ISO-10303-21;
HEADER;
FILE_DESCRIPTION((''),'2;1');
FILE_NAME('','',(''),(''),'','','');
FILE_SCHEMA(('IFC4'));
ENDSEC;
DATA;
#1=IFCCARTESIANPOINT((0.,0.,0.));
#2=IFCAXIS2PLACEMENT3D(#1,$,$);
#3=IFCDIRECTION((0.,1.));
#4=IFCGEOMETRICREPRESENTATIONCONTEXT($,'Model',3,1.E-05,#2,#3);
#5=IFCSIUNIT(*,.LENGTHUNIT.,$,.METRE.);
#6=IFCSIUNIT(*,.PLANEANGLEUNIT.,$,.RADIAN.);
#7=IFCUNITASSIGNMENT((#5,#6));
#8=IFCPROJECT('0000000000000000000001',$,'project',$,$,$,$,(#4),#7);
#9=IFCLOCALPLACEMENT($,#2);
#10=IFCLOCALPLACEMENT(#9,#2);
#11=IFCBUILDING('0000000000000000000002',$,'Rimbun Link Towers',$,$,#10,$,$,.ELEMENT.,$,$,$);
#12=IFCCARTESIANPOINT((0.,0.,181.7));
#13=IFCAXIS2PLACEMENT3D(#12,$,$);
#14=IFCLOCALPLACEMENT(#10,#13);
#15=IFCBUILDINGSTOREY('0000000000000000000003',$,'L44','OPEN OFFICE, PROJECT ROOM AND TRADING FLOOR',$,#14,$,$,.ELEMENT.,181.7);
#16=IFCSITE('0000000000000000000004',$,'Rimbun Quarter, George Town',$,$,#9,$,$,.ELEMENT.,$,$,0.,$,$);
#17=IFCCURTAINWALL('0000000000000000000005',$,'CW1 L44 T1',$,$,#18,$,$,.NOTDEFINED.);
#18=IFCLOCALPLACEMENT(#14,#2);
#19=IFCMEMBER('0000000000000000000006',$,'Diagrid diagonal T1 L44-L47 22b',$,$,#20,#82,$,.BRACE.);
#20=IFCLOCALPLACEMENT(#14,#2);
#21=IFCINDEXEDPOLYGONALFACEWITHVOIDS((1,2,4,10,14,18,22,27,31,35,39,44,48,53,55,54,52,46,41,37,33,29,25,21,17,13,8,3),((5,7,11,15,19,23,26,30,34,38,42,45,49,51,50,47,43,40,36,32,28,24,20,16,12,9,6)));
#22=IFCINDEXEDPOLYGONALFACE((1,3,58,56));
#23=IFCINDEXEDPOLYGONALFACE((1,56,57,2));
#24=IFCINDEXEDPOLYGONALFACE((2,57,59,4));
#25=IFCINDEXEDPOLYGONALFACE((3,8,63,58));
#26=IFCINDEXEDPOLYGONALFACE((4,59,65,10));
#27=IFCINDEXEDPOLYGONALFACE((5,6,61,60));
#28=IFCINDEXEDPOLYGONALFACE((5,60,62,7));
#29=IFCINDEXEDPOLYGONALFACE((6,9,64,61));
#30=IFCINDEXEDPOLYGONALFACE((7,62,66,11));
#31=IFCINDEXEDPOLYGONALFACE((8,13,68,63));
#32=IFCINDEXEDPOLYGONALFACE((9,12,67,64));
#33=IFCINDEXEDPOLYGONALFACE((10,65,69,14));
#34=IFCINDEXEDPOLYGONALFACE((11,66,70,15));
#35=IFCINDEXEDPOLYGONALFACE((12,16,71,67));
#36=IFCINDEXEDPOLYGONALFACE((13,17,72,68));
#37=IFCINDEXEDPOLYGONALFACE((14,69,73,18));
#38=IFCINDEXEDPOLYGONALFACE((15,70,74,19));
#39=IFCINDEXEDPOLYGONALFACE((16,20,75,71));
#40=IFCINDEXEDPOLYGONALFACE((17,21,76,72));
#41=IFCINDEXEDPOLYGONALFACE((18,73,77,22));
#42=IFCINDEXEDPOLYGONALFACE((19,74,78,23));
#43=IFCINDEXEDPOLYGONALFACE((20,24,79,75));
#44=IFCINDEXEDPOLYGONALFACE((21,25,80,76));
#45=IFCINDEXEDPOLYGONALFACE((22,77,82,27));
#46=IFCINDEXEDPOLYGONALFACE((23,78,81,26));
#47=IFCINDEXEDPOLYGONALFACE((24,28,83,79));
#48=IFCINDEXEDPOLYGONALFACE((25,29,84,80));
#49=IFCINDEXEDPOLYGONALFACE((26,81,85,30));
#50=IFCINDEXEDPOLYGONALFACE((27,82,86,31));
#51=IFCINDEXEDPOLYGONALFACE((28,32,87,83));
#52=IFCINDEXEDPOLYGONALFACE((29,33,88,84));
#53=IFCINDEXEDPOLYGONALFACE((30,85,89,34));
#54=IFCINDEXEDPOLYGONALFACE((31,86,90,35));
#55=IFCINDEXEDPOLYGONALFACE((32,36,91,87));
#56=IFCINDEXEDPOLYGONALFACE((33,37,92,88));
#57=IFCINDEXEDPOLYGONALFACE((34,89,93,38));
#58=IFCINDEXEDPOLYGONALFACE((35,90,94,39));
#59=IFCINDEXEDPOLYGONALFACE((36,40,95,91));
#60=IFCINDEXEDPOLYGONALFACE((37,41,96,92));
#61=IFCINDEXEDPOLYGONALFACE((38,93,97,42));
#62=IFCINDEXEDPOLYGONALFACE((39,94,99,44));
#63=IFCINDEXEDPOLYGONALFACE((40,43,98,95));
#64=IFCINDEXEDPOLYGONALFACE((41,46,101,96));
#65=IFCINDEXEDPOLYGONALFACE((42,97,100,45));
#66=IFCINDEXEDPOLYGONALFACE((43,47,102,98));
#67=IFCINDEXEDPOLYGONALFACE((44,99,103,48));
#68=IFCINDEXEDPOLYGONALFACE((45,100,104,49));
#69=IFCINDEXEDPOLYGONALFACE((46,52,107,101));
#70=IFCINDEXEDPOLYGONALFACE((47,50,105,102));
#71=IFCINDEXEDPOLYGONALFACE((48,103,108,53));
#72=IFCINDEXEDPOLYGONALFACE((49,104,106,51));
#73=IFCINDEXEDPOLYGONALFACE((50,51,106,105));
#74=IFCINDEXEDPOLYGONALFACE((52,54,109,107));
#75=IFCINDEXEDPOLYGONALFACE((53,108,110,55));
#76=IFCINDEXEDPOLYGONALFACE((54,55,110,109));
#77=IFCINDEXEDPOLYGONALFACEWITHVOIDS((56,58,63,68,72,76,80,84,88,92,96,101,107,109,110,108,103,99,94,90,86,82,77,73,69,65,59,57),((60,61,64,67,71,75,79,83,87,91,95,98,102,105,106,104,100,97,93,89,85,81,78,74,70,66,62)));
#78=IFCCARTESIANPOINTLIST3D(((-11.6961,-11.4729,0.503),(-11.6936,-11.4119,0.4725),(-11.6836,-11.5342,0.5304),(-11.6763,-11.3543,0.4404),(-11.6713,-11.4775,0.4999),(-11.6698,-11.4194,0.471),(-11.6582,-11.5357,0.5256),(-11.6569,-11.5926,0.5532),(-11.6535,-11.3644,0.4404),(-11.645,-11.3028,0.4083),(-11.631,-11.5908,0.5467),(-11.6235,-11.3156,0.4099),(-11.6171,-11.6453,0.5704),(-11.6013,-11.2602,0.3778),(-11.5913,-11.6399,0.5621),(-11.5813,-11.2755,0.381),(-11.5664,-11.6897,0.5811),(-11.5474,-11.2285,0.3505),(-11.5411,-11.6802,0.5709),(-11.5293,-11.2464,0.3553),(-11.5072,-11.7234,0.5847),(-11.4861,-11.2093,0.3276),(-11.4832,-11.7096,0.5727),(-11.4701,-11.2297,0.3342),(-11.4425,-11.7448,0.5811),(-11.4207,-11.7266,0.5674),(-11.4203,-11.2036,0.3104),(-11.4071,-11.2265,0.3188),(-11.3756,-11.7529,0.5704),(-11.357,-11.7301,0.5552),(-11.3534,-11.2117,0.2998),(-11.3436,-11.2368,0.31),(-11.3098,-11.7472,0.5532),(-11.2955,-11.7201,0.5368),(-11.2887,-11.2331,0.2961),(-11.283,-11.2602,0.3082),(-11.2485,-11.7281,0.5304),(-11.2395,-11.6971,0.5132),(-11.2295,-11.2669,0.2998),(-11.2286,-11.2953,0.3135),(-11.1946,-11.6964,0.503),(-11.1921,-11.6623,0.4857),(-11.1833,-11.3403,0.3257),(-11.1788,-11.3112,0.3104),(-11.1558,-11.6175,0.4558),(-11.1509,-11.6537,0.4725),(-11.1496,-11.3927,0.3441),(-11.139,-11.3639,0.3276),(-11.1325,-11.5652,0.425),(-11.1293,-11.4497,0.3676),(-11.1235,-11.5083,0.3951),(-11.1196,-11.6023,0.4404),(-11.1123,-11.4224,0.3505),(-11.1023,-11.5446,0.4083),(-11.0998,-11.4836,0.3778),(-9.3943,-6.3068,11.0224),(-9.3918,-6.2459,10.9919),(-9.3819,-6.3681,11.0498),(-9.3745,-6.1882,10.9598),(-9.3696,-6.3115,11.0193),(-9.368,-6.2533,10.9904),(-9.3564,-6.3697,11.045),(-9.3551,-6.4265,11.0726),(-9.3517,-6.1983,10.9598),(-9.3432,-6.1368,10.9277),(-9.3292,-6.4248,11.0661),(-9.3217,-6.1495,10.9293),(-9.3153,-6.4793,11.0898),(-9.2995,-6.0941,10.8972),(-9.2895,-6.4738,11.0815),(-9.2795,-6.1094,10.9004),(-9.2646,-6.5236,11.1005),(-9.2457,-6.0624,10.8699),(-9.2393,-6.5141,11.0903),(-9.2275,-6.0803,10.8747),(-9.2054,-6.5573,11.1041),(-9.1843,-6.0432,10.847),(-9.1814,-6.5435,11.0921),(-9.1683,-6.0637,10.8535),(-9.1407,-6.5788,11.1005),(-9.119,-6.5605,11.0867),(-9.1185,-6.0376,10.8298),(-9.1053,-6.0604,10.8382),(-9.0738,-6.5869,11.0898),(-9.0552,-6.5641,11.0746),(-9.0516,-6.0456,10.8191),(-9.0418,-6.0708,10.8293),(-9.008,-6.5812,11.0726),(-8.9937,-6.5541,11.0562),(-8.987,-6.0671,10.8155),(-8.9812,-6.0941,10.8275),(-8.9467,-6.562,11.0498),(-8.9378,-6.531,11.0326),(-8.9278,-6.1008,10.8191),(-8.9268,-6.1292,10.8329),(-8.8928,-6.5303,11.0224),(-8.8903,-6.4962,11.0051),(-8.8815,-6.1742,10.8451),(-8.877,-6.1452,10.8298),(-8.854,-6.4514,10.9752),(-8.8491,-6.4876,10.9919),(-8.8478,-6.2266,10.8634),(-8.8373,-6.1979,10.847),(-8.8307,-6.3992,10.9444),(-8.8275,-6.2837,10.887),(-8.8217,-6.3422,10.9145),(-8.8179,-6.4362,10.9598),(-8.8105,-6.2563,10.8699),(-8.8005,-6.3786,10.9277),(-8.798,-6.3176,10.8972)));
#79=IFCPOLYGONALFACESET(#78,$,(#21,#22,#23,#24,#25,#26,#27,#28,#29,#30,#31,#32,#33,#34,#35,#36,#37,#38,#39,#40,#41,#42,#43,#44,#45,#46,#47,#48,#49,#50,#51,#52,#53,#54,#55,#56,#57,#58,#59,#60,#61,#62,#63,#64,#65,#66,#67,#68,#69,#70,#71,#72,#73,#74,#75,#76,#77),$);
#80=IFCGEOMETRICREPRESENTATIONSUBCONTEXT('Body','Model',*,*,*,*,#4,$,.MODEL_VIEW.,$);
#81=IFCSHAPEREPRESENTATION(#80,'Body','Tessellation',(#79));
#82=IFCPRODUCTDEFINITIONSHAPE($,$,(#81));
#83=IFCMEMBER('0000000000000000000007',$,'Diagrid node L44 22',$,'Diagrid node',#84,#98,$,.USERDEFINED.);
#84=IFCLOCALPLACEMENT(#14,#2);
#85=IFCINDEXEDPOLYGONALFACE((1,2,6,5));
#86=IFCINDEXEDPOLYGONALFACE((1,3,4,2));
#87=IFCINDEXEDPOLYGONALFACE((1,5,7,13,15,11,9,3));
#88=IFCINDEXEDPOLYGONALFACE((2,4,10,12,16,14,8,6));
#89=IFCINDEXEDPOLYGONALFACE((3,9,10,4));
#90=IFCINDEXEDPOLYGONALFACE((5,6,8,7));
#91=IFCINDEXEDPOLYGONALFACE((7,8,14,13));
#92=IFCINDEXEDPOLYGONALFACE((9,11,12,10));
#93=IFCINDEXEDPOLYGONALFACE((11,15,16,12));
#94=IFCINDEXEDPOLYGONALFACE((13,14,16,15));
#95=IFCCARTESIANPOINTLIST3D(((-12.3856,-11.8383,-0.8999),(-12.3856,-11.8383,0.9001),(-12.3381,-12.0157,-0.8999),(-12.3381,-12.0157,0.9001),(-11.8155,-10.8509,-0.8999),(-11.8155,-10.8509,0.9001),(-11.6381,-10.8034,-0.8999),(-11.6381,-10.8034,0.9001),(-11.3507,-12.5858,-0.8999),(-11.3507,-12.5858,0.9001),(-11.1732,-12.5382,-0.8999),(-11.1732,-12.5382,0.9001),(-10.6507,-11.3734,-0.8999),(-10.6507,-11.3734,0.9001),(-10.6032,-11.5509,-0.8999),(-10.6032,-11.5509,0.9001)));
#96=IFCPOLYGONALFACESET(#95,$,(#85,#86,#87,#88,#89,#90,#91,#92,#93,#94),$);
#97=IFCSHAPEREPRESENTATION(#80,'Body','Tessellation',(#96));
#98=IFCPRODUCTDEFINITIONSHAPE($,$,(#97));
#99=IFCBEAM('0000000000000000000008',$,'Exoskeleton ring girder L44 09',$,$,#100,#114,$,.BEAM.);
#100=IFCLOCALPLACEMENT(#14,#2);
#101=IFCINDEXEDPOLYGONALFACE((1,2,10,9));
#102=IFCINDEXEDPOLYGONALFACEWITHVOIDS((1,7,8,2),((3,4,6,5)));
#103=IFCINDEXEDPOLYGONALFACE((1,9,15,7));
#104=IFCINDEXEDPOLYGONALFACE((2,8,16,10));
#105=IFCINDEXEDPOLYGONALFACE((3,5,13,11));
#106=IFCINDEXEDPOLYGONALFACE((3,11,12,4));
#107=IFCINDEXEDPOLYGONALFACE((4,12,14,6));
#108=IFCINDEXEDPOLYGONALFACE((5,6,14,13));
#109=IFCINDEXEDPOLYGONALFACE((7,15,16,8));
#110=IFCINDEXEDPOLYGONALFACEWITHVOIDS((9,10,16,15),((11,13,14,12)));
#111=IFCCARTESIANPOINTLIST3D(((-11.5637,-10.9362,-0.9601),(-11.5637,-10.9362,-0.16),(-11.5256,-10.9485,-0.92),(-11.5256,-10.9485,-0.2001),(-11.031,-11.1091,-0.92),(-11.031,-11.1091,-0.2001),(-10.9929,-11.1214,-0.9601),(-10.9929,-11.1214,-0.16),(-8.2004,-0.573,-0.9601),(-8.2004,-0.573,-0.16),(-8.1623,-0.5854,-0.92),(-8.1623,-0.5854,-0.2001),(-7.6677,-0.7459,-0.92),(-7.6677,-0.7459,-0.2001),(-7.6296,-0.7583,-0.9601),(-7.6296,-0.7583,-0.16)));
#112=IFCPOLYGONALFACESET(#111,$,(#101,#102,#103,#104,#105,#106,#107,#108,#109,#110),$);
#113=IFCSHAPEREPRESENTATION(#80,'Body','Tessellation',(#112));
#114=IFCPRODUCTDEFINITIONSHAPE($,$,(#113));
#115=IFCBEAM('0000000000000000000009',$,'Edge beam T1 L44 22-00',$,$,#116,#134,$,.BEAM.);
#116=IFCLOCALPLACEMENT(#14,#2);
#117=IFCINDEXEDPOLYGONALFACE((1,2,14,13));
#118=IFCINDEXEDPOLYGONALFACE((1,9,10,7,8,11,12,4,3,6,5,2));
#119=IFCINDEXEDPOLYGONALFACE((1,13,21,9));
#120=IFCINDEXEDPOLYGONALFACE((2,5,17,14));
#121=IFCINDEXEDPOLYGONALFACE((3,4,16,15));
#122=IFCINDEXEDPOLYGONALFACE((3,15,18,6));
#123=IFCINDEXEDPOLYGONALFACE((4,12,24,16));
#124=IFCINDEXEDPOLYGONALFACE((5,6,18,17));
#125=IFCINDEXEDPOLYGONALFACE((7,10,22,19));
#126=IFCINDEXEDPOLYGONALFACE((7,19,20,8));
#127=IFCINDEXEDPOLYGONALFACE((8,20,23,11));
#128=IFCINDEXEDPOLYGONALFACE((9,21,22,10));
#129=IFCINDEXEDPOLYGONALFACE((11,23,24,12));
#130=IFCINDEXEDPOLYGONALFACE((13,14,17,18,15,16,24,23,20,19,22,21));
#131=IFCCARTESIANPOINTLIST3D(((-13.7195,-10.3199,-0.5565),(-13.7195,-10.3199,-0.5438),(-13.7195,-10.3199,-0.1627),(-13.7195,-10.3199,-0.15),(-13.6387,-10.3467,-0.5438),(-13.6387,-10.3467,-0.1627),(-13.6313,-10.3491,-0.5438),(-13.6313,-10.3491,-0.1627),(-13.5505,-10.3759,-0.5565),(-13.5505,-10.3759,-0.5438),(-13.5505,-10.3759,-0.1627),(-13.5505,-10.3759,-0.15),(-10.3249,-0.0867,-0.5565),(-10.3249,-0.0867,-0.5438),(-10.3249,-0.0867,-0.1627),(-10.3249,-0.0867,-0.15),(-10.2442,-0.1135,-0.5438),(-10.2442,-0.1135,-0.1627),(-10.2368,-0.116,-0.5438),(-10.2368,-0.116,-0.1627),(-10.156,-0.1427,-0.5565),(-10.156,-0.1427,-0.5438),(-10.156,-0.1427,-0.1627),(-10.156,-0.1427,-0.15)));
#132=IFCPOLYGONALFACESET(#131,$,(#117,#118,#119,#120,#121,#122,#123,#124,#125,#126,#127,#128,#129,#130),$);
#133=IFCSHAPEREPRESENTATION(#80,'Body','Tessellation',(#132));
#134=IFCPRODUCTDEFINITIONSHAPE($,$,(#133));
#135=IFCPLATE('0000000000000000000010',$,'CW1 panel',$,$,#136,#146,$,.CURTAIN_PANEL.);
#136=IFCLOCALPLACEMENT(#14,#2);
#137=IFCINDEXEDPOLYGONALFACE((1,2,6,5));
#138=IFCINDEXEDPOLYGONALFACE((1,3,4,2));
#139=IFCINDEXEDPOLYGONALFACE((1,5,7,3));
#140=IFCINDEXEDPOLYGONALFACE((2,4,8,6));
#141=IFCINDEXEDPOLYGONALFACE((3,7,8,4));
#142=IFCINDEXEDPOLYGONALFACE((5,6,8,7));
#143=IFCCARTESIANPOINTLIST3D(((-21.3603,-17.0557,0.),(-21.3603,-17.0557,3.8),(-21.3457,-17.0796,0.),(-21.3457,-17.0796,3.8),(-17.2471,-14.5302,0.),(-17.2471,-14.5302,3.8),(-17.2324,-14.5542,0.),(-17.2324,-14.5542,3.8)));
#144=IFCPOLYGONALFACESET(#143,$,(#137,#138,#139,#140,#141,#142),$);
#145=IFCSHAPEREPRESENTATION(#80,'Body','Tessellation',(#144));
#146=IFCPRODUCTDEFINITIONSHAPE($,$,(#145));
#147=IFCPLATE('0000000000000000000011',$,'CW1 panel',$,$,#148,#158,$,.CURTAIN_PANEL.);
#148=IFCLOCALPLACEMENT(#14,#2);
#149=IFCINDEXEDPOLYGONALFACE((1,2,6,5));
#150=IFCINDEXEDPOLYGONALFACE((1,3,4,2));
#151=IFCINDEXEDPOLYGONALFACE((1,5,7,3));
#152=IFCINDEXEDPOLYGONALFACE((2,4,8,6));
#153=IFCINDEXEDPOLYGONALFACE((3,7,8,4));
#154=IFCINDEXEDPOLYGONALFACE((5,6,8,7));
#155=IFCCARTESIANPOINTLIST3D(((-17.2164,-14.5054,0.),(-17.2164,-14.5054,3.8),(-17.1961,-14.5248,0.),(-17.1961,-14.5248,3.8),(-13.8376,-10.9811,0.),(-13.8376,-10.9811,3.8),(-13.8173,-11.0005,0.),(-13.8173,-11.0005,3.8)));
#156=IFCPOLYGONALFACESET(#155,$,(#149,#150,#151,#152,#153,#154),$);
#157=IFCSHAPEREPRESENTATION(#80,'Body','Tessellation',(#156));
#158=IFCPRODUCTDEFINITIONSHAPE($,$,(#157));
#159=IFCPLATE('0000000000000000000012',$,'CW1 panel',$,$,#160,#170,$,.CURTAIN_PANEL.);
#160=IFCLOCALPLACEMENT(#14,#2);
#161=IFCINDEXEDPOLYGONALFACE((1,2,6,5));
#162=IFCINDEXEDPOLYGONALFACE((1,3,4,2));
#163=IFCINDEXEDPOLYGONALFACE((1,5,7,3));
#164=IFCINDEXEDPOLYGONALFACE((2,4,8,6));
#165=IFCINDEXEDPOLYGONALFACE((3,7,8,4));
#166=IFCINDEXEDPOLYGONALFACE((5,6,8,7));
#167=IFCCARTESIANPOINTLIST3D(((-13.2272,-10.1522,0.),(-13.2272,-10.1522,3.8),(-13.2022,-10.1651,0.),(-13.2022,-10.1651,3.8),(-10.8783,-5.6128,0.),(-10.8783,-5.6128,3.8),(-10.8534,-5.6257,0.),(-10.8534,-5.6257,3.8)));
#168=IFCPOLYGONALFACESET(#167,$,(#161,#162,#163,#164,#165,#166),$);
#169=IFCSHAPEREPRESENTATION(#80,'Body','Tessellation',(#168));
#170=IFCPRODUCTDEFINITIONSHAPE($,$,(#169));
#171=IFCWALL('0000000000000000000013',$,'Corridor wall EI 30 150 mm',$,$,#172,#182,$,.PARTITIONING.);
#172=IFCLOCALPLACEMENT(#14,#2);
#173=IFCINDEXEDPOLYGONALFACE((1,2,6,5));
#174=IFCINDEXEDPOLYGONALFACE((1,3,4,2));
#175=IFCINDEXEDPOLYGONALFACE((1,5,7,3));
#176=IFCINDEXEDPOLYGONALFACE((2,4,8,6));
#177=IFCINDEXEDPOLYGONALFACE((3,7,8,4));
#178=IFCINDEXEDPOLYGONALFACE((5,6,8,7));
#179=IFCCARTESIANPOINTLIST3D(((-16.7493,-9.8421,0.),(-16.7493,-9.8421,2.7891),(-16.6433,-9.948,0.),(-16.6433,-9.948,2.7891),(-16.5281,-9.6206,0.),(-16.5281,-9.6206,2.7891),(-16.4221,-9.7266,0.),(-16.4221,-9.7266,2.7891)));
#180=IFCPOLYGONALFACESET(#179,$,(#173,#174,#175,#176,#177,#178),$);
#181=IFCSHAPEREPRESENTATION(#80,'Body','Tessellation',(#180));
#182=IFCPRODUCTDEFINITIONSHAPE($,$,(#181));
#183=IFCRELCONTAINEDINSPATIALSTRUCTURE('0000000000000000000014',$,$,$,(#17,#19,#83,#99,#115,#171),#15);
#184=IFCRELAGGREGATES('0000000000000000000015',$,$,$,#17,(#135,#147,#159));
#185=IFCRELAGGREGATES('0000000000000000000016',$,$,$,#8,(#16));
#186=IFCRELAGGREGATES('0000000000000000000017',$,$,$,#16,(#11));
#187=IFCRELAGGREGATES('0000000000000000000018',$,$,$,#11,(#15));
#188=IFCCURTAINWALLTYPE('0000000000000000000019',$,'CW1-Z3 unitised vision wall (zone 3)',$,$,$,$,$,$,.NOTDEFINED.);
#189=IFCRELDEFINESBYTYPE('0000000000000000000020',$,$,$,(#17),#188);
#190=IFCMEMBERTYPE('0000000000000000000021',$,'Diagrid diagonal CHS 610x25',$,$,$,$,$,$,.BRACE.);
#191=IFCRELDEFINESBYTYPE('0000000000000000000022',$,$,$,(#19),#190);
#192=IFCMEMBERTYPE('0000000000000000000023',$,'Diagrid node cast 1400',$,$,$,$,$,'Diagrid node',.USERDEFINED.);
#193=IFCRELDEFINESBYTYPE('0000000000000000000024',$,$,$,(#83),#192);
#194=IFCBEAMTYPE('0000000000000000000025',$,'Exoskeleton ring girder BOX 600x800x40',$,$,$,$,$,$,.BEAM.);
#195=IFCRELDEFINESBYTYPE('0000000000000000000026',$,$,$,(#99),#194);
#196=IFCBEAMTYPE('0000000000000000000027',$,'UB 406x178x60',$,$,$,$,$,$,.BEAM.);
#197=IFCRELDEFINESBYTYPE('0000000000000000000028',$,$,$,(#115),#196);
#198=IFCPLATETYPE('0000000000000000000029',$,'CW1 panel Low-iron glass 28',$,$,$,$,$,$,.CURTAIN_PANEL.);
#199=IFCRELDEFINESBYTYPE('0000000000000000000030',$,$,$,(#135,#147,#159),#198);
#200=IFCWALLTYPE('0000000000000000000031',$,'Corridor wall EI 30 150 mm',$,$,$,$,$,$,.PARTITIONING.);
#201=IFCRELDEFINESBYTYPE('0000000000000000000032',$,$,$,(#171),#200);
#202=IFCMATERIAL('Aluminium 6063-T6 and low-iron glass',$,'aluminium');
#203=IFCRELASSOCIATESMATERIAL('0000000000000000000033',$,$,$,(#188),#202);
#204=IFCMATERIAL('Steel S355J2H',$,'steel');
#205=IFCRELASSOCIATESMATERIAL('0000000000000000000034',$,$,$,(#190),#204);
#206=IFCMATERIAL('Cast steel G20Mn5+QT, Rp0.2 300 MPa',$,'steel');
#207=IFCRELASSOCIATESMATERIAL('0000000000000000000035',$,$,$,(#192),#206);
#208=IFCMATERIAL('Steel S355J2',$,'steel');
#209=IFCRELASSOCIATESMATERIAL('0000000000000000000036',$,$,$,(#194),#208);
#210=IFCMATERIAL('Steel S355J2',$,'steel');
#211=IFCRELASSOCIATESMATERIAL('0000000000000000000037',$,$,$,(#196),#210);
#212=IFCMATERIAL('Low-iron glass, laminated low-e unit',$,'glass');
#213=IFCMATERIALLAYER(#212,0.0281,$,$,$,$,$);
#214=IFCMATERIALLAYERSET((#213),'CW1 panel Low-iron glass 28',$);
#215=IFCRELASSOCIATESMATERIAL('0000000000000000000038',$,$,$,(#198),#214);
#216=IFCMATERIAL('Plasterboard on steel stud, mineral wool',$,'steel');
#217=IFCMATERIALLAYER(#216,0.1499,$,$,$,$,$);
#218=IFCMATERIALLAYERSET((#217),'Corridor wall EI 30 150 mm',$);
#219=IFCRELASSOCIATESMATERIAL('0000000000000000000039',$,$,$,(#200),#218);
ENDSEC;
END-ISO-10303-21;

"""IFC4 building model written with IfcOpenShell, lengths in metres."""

from ifc_helpers import new_model, si_unit, direction, frame, frame_2d, origin, origin_2d, place, context, subcontext, project, spatial, polyline, rectangle, hollow_rectangle, hollow_circle, i_section, outline, extrude, material, layer, layer_set, material_profile, profile_set, type_object, element, aggregate, save


model = new_model("IFC4")

# Units and contexts
model_context = context("Model", 3, precision=1e-05, world=origin(), true_north=direction((0.0, 1.0)))
body_context = subcontext(model_context, "Body", "Model", "MODEL_VIEW")
ifc_project = project(units=[si_unit("LENGTHUNIT", "METRE"), si_unit("PLANEANGLEUNIT", "RADIAN")], contexts=[model_context])

# Site, building, storey
site_placement = place(None, origin())
site = spatial("IfcSite", under=ifc_project, at=site_placement, Name="Rimbun Quarter, George Town", CompositionType="ELEMENT", RefElevation=0.0)
building_placement = place(site_placement, origin())
building = spatial("IfcBuilding", under=site, at=building_placement, Name="Rimbun Link Towers", CompositionType="ELEMENT")
storey_placement = place(building_placement, frame((0.0, 0.0, 181.7)))
storey = spatial("IfcBuildingStorey", under=building, at=storey_placement, Name="L44", Description="OPEN OFFICE, PROJECT ROOM AND TRADING FLOOR", CompositionType="ELEMENT", Elevation=181.7)

# Curtain wall
ifc_material_1 = material(Name="Aluminium 6063-T6 and low-iron glass", Category="aluminium")
curtain_wall_type = type_object("IfcCurtainWallType", Name="CW1-Z3 unitised vision wall (zone 3)", PredefinedType="NOTDEFINED", material=ifc_material_1)
curtain_wall_placement = place(storey_placement, origin())
curtain_wall = element("IfcCurtainWall", 1, at=curtain_wall_placement, inside=storey, type_object=curtain_wall_type, Name="CW1 L44 T1", PredefinedType="NOTDEFINED")

# Members
ifc_material_2 = material(Name="Steel S355J2H", Category="steel")
ifc_material_profile_1 = material_profile(ifc_material_2, hollow_circle(Radius=0.3047, WallThickness=0.0249, at=origin_2d()), Name="Diagrid diagonal CHS 610x25")
ifc_profile_set_1 = profile_set([ifc_material_profile_1], Name="Steel S355J2H")
member_type_1 = type_object("IfcMemberType", Name="Diagrid diagonal CHS 610x25", PredefinedType="BRACE", material=ifc_profile_set_1)
member_1_placement = place(storey_placement, frame((-11.3979, -11.4783, 0.4404), z_axis=(0.192725, 0.432547, 0.880773), x_axis=(-0.913434, 0.406987, 0.0)))
element("IfcMember", 2, at=member_1_placement, inside=storey, type_object=member_type_1, Name="Diagrid diagonal T1 L44-L47 22b", PredefinedType="BRACE", context=body_context, shape_type="SweptSolid", body=[
    extrude(hollow_circle(Radius=0.3047, WallThickness=0.0249, at=origin_2d()), origin(), (0.0, 0.0, 1.0), 11.9434),
])
ifc_material_3 = material(Name="Cast steel G20Mn5+QT, Rp0.2 300 MPa", Category="steel")
ifc_material_profile_2 = material_profile(ifc_material_3, outline(polyline([(0.7, -0.5701), (0.7, 0.5701), (0.5701, 0.7), (-0.5701, 0.7), (-0.7, 0.5701), (-0.7, -0.5701), (-0.5701, -0.7), (0.5701, -0.7), (0.7, -0.5701)])), Name="NODE 1400x1400")
ifc_profile_set_2 = profile_set([ifc_material_profile_2], Name="Cast steel G20Mn5+QT, Rp0.2 300 MPa")
member_type_2 = type_object("IfcMemberType", Name="Diagrid node cast 1400", ElementType="Diagrid node", PredefinedType="USERDEFINED", material=ifc_profile_set_2)
member_2_placement = place(storey_placement, frame((-11.4944, -11.6946, -0.8999), z_axis=(0.0, 0.0, 1.0), x_axis=(0.866025, -0.5, 0.0)))
element("IfcMember", 3, at=member_2_placement, inside=storey, type_object=member_type_2, Name="Diagrid node L44 22", ObjectType="Diagrid node", PredefinedType="USERDEFINED", context=body_context, shape_type="SweptSolid", body=[
    extrude(outline(polyline([(0.7, -0.5701), (0.7, 0.5701), (0.5701, 0.7), (-0.5701, 0.7), (-0.7, 0.5701), (-0.7, -0.5701), (-0.5701, -0.7), (0.5701, -0.7), (0.7, -0.5701)])), origin(), (0.0, 0.0, 1.0), 1.8),
])

# Beams
ifc_material_4 = material(Name="Steel S355J2", Category="steel")
ifc_material_profile_3 = material_profile(ifc_material_4, hollow_rectangle(XDim=0.6001, YDim=0.8, WallThickness=0.04, at=origin_2d()), Name="Exoskeleton ring girder BOX 600x800x40")
ifc_profile_set_3 = profile_set([ifc_material_profile_3], Name="Steel S355J2")
beam_type_1 = type_object("IfcBeamType", Name="Exoskeleton ring girder BOX 600x800x40", PredefinedType="BEAM", material=ifc_profile_set_3)
beam_1_placement = place(storey_placement, frame((-11.2783, -11.0288, -0.5601), z_axis=(0.308695, 0.951161, 0.0), x_axis=(-0.951161, 0.308695, 0.0)))
element("IfcBeam", 4, at=beam_1_placement, inside=storey, type_object=beam_type_1, Name="Exoskeleton ring girder L44 09", PredefinedType="BEAM", context=body_context, shape_type="SweptSolid", body=[
    extrude(hollow_rectangle(XDim=0.6001, YDim=0.8, WallThickness=0.04, at=origin_2d()), origin(), (0.0, 0.0, 1.0), 10.8953),
])
ifc_material_5 = material(Name="Steel S355J2", Category="steel")
ifc_material_profile_4 = material_profile(ifc_material_5, i_section(OverallWidth=0.178, OverallDepth=0.4065, WebThickness=0.0078, FlangeThickness=0.0127, at=origin_2d()), Name="UB 406x178x60")
ifc_profile_set_4 = profile_set([ifc_material_profile_4], Name="Steel S355J2")
beam_type_2 = type_object("IfcBeamType", Name="UB 406x178x60", PredefinedType="BEAM", material=ifc_profile_set_4)
beam_2_placement = place(storey_placement, frame((-13.635, -10.3479, -0.3533), z_axis=(0.314848, 0.949142, 0.0), x_axis=(-0.949142, 0.314848, 0.0)))
element("IfcBeam", 5, at=beam_2_placement, inside=storey, type_object=beam_type_2, Name="Edge beam T1 L44 22-00", PredefinedType="BEAM", context=body_context, shape_type="SweptSolid", body=[
    extrude(i_section(OverallWidth=0.178, OverallDepth=0.4065, WebThickness=0.0078, FlangeThickness=0.0127, at=origin_2d()), origin(), (0.0, 0.0, 1.0), 10.7815),
])

# Plates
ifc_material_6 = material(Name="Low-iron glass, laminated low-e unit", Category="glass")
ifc_layer_1 = layer(ifc_material_6, 0.0281)
ifc_layer_set_1 = layer_set([ifc_layer_1], Name="CW1 panel Low-iron glass 28")
plate_type = type_object("IfcPlateType", Name="CW1 panel Low-iron glass 28", PredefinedType="CURTAIN_PANEL", material=ifc_layer_set_1)
plate_1_placement = place(storey_placement, frame((-19.2964, -15.8049, 0.0), z_axis=(0.0, 0.0, 1.0), x_axis=(-0.852189, -0.523235, 0.0)))
plate_1 = element("IfcPlate", 6, at=plate_1_placement, type_object=plate_type, Name="CW1 panel", PredefinedType="CURTAIN_PANEL", context=body_context, shape_type="SweptSolid", body=[
    extrude(rectangle(XDim=4.8267, YDim=0.0281, at=origin_2d()), origin(), (0.0, 0.0, 1.0), 3.8),
])
plate_2_placement = place(storey_placement, frame((-15.5168, -12.7529, 0.0), z_axis=(0.0, 0.0, 1.0), x_axis=(-0.692057, -0.721843, 0.0)))
plate_2 = element("IfcPlate", 7, at=plate_2_placement, type_object=plate_type, Name="CW1 panel", PredefinedType="CURTAIN_PANEL", context=body_context, shape_type="SweptSolid", body=[
    extrude(rectangle(XDim=4.8823, YDim=0.0281, at=origin_2d()), origin(), (0.0, 0.0, 1.0), 3.8),
])
plate_3_placement = place(storey_placement, frame((-12.0403, -7.8889, 0.0), z_axis=(0.0, 0.0, 1.0), x_axis=(-0.459554, -0.88815, 0.0)))
plate_3 = element("IfcPlate", 8, at=plate_3_placement, type_object=plate_type, Name="CW1 panel", PredefinedType="CURTAIN_PANEL", context=body_context, shape_type="SweptSolid", body=[
    extrude(rectangle(XDim=5.1111, YDim=0.0281, at=origin_2d()), origin(), (0.0, 0.0, 1.0), 3.8),
])
aggregate(curtain_wall, [plate_1, plate_2, plate_3])

# Wall
ifc_material_7 = material(Name="Plasterboard on steel stud, mineral wool", Category="steel")
ifc_layer_2 = layer(ifc_material_7, 0.1499)
ifc_layer_set_2 = layer_set([ifc_layer_2], Name="Corridor wall EI 30 150 mm")
wall_type_1 = type_object("IfcWallType", Name="Corridor wall EI 30 150 mm", PredefinedType="PARTITIONING", material=ifc_layer_set_2)
wall_1_placement = place(storey_placement, frame((-16.6963, -9.895, 0.0), z_axis=(0.0, 0.0, 1.0), x_axis=(0.706717, 0.707497, 0.0)))
element("IfcWall", 9, at=wall_1_placement, inside=storey, type_object=wall_type_1, Name="Corridor wall EI 30 150 mm", PredefinedType="PARTITIONING", context=body_context, shape_type="SweptSolid", body=[
    extrude(rectangle(XDim=0.313, YDim=0.1499, at=frame_2d((0.1565, 0.0))), origin(), (0.0, 0.0, 1.0), 2.7891),
])

save(model, "model.ifc")
